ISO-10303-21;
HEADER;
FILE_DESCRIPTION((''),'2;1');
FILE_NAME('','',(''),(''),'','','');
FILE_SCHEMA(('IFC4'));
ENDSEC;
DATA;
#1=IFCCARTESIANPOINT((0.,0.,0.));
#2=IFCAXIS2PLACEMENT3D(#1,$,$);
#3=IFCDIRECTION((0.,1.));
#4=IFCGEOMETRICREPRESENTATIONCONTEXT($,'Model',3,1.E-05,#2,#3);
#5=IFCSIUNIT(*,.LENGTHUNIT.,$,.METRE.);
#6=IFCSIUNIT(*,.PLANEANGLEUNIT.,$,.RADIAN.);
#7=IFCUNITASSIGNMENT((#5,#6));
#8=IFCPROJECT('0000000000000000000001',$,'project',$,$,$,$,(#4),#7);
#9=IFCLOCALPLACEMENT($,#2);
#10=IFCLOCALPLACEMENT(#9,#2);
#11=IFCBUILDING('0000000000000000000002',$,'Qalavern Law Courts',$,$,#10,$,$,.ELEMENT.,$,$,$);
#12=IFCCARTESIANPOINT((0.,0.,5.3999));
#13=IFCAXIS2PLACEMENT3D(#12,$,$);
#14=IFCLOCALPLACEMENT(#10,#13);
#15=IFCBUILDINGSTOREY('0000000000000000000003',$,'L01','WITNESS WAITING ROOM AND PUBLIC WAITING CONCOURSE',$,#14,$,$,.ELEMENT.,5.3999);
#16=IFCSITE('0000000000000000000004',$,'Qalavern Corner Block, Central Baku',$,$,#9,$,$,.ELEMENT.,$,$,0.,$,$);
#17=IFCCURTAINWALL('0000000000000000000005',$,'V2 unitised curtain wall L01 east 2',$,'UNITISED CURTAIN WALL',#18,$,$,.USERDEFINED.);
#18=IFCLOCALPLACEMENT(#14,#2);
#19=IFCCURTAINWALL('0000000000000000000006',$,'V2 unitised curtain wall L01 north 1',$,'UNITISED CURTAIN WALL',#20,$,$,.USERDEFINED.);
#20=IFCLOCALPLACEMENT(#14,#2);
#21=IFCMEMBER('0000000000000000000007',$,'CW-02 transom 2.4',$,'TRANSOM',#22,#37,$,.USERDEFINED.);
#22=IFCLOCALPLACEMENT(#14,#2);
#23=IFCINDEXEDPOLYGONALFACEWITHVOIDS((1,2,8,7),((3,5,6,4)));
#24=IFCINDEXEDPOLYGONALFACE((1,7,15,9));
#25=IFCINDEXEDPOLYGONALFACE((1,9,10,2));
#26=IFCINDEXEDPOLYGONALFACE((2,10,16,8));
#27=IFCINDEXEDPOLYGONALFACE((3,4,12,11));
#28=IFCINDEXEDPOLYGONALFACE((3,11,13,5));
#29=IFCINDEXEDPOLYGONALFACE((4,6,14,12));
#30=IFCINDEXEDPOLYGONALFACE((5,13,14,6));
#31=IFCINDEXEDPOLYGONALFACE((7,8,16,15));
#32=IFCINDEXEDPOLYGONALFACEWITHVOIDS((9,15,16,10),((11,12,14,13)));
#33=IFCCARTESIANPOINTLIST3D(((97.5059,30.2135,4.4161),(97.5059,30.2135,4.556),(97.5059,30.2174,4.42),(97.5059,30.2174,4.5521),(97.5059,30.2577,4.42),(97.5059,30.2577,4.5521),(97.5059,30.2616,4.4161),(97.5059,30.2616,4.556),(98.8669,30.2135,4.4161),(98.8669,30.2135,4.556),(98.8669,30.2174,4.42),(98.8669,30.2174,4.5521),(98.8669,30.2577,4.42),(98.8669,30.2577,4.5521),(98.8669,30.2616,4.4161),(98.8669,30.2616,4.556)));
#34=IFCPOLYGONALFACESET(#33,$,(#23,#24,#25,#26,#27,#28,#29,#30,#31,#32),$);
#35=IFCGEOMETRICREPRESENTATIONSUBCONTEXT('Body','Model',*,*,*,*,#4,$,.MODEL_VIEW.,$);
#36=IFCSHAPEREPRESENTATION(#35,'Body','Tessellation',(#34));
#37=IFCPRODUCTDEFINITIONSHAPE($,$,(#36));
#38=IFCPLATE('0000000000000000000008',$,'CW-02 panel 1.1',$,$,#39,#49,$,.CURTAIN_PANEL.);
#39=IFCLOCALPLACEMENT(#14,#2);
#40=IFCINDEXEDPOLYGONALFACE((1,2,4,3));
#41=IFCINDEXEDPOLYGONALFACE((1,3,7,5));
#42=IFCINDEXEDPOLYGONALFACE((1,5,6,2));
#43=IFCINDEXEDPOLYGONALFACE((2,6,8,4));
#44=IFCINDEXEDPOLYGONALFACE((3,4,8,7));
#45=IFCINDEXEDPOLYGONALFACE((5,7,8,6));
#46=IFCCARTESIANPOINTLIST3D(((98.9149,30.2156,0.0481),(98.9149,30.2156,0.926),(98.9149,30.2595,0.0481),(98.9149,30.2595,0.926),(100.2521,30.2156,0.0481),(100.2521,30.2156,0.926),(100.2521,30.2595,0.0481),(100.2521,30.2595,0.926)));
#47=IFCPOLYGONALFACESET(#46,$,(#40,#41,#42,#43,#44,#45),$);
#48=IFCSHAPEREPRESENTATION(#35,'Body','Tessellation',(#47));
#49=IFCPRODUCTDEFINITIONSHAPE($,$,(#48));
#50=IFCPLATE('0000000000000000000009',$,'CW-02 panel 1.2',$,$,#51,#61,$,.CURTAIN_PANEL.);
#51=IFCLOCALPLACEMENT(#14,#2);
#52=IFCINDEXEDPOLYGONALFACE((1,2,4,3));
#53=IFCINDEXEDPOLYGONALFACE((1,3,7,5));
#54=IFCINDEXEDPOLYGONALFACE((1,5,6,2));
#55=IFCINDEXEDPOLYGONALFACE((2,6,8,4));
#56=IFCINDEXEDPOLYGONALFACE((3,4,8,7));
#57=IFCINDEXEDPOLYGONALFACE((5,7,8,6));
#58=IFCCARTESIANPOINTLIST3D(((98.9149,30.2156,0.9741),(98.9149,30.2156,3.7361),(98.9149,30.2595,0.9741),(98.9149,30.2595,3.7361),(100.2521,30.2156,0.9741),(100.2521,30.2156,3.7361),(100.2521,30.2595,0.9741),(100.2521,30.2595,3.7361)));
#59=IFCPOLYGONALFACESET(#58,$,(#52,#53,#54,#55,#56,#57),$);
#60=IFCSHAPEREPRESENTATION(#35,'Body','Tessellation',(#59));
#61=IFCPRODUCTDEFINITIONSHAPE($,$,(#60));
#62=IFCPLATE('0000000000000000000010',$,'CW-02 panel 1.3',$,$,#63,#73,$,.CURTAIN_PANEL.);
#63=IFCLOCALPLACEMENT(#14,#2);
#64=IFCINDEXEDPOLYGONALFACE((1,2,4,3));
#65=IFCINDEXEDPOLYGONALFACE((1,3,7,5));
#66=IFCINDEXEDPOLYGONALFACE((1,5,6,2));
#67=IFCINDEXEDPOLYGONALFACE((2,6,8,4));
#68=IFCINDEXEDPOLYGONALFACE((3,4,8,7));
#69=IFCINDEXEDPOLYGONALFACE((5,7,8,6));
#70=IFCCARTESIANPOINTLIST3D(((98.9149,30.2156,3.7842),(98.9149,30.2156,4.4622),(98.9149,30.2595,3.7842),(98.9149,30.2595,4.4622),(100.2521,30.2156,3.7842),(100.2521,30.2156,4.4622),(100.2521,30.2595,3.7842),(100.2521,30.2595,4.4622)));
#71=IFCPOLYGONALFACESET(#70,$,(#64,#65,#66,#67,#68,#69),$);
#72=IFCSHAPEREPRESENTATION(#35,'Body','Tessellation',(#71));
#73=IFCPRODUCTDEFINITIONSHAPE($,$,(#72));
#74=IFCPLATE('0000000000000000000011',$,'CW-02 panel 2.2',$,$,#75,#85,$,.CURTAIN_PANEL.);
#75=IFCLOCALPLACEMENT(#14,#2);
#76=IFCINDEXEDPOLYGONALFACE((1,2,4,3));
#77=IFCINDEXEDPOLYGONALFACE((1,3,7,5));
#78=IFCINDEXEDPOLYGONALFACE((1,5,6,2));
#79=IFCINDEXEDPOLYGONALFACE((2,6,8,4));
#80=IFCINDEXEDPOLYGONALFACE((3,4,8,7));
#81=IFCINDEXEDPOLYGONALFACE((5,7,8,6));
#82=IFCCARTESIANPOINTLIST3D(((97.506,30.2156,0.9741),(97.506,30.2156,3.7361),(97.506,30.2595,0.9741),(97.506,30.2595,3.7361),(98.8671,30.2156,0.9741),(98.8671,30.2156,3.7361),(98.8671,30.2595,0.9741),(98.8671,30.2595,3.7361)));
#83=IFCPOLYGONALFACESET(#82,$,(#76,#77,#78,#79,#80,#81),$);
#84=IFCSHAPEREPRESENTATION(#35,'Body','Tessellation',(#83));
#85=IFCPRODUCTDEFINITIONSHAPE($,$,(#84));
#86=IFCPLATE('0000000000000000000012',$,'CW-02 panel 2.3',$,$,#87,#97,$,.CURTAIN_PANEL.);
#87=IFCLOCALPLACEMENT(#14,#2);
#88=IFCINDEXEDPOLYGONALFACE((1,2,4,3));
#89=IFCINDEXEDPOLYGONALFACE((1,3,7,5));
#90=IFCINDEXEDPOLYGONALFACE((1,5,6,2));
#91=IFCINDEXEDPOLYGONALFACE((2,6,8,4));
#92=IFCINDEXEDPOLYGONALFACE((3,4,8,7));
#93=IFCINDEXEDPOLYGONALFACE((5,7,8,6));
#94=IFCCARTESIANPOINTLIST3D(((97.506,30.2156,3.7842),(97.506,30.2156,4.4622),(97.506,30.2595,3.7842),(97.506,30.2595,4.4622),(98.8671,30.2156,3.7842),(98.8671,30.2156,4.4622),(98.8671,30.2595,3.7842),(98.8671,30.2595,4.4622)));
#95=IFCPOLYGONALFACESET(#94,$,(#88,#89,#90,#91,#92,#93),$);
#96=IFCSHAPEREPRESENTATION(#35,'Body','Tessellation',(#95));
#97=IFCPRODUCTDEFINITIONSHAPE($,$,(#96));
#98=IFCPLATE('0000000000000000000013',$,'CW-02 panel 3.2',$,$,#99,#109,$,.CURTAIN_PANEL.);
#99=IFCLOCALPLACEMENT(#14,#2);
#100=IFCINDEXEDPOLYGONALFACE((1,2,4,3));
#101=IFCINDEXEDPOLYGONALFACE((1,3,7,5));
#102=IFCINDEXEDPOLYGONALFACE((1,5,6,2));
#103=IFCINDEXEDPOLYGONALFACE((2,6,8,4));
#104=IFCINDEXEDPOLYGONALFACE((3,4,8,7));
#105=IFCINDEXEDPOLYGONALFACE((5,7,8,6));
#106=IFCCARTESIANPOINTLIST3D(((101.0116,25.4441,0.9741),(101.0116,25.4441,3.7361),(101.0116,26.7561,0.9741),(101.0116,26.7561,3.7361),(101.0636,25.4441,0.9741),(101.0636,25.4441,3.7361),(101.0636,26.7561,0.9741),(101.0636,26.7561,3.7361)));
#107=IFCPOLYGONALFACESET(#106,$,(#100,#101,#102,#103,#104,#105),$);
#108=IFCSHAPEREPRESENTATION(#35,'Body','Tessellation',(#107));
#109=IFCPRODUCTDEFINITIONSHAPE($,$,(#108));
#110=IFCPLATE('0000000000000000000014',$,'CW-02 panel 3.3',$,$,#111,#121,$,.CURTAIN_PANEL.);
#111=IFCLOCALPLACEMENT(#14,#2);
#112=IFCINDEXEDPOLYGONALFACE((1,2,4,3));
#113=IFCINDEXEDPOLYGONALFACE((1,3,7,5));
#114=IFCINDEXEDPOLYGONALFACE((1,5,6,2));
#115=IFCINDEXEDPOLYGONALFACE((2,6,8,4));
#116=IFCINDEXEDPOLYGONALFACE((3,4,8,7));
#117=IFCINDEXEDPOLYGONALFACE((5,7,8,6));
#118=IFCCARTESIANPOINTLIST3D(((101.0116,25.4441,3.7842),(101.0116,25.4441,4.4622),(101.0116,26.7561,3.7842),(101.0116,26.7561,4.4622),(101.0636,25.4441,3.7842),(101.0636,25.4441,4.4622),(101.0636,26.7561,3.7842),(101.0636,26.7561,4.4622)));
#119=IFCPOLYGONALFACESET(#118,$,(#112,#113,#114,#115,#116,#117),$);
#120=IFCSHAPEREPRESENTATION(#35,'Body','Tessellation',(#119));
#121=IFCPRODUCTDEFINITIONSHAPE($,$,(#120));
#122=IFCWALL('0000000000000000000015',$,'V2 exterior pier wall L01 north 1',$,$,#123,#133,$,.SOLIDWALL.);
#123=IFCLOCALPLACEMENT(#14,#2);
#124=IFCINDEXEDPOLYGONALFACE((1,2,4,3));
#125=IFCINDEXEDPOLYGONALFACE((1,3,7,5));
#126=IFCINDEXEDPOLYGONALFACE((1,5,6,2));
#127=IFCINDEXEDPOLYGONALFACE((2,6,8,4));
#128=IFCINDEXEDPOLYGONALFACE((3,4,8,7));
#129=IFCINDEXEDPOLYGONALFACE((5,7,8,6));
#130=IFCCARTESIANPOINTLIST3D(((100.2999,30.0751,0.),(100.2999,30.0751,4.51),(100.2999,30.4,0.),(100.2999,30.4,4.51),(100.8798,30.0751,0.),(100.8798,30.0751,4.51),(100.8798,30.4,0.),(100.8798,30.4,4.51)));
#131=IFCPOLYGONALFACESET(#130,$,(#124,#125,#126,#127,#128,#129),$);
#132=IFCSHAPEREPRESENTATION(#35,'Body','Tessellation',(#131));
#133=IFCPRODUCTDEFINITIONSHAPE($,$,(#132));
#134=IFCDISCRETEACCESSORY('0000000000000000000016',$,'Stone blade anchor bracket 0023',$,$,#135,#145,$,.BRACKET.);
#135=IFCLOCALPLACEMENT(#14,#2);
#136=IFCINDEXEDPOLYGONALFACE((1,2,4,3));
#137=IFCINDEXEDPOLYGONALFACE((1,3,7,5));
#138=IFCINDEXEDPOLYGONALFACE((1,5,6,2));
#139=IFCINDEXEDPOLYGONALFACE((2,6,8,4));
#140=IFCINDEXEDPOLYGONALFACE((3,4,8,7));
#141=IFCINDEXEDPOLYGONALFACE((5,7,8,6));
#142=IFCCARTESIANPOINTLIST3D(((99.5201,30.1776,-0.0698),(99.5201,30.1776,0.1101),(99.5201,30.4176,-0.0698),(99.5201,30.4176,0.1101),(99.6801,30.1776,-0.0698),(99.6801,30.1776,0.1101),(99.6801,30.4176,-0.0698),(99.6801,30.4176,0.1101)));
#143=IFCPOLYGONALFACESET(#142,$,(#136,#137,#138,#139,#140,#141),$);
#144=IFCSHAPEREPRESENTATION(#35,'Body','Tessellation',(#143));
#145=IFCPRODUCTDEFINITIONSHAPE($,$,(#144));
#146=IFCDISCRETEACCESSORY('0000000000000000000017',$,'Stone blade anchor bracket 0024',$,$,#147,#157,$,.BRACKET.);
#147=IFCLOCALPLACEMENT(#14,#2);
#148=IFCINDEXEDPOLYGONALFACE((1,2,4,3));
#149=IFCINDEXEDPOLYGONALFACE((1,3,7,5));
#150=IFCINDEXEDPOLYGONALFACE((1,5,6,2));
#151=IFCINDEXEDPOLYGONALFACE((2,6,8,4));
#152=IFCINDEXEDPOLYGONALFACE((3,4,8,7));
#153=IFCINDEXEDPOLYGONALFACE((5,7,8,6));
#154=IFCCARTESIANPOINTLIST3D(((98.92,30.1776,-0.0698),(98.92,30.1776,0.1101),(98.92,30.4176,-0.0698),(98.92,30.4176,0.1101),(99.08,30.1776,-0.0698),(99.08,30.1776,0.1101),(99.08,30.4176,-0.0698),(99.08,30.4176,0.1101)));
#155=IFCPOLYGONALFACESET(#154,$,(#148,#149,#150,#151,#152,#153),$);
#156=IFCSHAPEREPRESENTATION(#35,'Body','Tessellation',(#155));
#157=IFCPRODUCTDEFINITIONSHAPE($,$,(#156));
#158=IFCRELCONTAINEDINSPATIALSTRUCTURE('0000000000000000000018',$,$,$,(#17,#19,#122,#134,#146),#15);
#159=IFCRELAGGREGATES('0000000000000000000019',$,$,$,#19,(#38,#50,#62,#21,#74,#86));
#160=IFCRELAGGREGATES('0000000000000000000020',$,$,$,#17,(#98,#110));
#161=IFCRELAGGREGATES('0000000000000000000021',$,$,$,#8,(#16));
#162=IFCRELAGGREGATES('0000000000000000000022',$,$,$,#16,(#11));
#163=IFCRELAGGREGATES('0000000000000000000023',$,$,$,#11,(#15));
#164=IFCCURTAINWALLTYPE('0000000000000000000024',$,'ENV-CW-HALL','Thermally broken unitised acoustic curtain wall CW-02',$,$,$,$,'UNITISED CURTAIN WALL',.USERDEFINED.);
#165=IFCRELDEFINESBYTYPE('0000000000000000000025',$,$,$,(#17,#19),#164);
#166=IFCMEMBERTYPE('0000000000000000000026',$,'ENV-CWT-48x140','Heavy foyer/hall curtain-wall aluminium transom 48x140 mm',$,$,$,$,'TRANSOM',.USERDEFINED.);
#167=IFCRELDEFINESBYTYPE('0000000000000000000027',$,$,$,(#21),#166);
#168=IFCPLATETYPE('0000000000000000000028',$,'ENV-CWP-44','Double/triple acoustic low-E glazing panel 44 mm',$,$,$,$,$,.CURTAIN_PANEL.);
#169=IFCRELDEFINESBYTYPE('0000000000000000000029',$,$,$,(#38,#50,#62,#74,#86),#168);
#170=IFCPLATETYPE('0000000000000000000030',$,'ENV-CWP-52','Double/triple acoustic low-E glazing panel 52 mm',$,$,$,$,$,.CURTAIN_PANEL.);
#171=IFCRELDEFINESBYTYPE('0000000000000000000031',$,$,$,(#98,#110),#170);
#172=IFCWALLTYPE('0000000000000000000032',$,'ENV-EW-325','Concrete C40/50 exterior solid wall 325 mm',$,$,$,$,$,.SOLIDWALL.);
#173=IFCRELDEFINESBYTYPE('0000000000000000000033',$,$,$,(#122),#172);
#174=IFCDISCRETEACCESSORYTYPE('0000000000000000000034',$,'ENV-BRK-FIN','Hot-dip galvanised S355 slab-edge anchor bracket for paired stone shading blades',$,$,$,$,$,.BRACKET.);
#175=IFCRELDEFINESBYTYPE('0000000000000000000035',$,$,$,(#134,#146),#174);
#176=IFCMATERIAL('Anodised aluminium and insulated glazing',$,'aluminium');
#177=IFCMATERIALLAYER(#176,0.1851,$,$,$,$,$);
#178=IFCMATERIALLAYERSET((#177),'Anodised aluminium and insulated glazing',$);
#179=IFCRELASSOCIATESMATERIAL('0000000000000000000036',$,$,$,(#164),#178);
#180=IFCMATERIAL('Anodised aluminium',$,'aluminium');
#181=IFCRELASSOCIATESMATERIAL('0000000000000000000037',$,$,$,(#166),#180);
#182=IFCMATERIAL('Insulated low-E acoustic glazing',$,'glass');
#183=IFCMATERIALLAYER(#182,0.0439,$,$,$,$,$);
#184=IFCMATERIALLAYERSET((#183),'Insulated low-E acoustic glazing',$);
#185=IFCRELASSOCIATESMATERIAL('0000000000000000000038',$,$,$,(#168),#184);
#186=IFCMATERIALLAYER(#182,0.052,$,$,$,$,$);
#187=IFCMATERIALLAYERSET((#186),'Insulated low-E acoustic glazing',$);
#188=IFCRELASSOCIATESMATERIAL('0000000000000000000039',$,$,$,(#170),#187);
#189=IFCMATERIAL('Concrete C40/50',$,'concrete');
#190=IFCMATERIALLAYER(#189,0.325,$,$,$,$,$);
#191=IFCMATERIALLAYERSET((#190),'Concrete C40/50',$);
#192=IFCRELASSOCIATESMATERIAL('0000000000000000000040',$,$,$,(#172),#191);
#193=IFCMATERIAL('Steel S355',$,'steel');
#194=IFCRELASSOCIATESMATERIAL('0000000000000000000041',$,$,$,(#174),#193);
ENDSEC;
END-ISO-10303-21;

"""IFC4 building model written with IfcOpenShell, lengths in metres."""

from ifc_helpers import new_model, si_unit, direction, frame, frame_2d, origin, origin_2d, place, context, subcontext, project, spatial, rectangle, hollow_rectangle, extrude, material, layer, layer_set, material_profile, profile_set, type_object, element, aggregate, save


model = new_model("IFC4")

# Units and contexts
model_context = context("Model", 3, precision=1e-05, world=origin(), true_north=direction((0.0, 1.0)))
body_context = subcontext(model_context, "Body", "Model", "MODEL_VIEW")
ifc_project = project(units=[si_unit("LENGTHUNIT", "METRE"), si_unit("PLANEANGLEUNIT", "RADIAN")], contexts=[model_context])

# Site, building, storey
site_placement = place(None, origin())
site = spatial("IfcSite", under=ifc_project, at=site_placement, Name="Qalavern Corner Block, Central Baku", CompositionType="ELEMENT", RefElevation=0.0)
building_placement = place(site_placement, origin())
building = spatial("IfcBuilding", under=site, at=building_placement, Name="Qalavern Law Courts", CompositionType="ELEMENT")
storey_placement = place(building_placement, frame((0.0, 0.0, 5.3999)))
storey = spatial("IfcBuildingStorey", under=building, at=storey_placement, Name="L01", Description="WITNESS WAITING ROOM AND PUBLIC WAITING CONCOURSE", CompositionType="ELEMENT", Elevation=5.3999)

# Curtain wall
ifc_material_1 = material(Name="Anodised aluminium and insulated glazing", Category="aluminium")
ifc_layer_1 = layer(ifc_material_1, 0.1851)
ifc_layer_set_1 = layer_set([ifc_layer_1], Name="Anodised aluminium and insulated glazing")
curtain_wall_type = type_object("IfcCurtainWallType", Name="ENV-CW-HALL", Description="Thermally broken unitised acoustic curtain wall CW-02", ElementType="UNITISED CURTAIN WALL", PredefinedType="USERDEFINED", material=ifc_layer_set_1)
curtain_wall_1_placement = place(storey_placement, origin())
curtain_wall_1 = element("IfcCurtainWall", 1, at=curtain_wall_1_placement, inside=storey, type_object=curtain_wall_type, Name="V2 unitised curtain wall L01 east 2", ObjectType="UNITISED CURTAIN WALL", PredefinedType="USERDEFINED")
ifc_material_2 = material(Name="Anodised aluminium", Category="aluminium")

# Curtain wall, member, plates
curtain_wall_2_placement = place(storey_placement, origin())
curtain_wall_2 = element("IfcCurtainWall", 2, at=curtain_wall_2_placement, inside=storey, type_object=curtain_wall_type, Name="V2 unitised curtain wall L01 north 1", ObjectType="UNITISED CURTAIN WALL", PredefinedType="USERDEFINED")
ifc_material_profile_1 = material_profile(ifc_material_2, hollow_rectangle(XDim=0.0481, YDim=0.1399, WallThickness=0.0039, at=origin_2d()), Name="ALU TRANSOM 48x140")
ifc_profile_set_1 = profile_set([ifc_material_profile_1], Name="Anodised aluminium")
member_type_1 = type_object("IfcMemberType", Name="ENV-CWT-48x140", Description="Heavy foyer/hall curtain-wall aluminium transom 48x140 mm", ElementType="TRANSOM", PredefinedType="USERDEFINED", material=ifc_profile_set_1)
member_1_placement = place(storey_placement, frame((98.8669, 30.2375, 4.4861), z_axis=(-1.0, 0.0, 0.0), x_axis=(0.0, -1.0, 0.0)))
member_1 = element("IfcMember", 3, at=member_1_placement, type_object=member_type_1, Name="CW-02 transom 2.4", ObjectType="TRANSOM", PredefinedType="USERDEFINED", context=body_context, shape_type="SweptSolid", body=[
    extrude(hollow_rectangle(XDim=0.0481, YDim=0.1399, WallThickness=0.0039, at=origin_2d()), origin(), (0.0, 0.0, 1.0), 1.3611),
])
ifc_material_3 = material(Name="Insulated low-E acoustic glazing", Category="glass")
ifc_layer_2 = layer(ifc_material_3, 0.0439)
ifc_layer_set_2 = layer_set([ifc_layer_2], Name="Insulated low-E acoustic glazing")
plate_type_1 = type_object("IfcPlateType", Name="ENV-CWP-44", Description="Double/triple acoustic low-E glazing panel 44 mm", PredefinedType="CURTAIN_PANEL", material=ifc_layer_set_2)
plate_1_placement = place(storey_placement, frame((99.5835, 30.2375, 0.0481), z_axis=(0.0, 0.0, 1.0), x_axis=(-1.0, 0.0, 0.0)))
plate_1 = element("IfcPlate", 4, at=plate_1_placement, type_object=plate_type_1, Name="CW-02 panel 1.1", PredefinedType="CURTAIN_PANEL", context=body_context, shape_type="SweptSolid", body=[
    extrude(rectangle(XDim=1.3372, YDim=0.0439, at=origin_2d()), origin(), (0.0, 0.0, 1.0), 0.8779),
])
plate_2_placement = place(storey_placement, frame((99.5835, 30.2375, 0.9741), z_axis=(0.0, 0.0, 1.0), x_axis=(-1.0, 0.0, 0.0)))
plate_2 = element("IfcPlate", 5, at=plate_2_placement, type_object=plate_type_1, Name="CW-02 panel 1.2", PredefinedType="CURTAIN_PANEL", context=body_context, shape_type="SweptSolid", body=[
    extrude(rectangle(XDim=1.3372, YDim=0.0439, at=origin_2d()), origin(), (0.0, 0.0, 1.0), 2.762),
])
plate_3_placement = place(storey_placement, frame((99.5835, 30.2375, 3.7842), z_axis=(0.0, 0.0, 1.0), x_axis=(-1.0, 0.0, 0.0)))
plate_3 = element("IfcPlate", 6, at=plate_3_placement, type_object=plate_type_1, Name="CW-02 panel 1.3", PredefinedType="CURTAIN_PANEL", context=body_context, shape_type="SweptSolid", body=[
    extrude(rectangle(XDim=1.3372, YDim=0.0439, at=origin_2d()), origin(), (0.0, 0.0, 1.0), 0.678),
])
plate_4_placement = place(storey_placement, frame((98.1865, 30.2375, 0.9741), z_axis=(0.0, 0.0, 1.0), x_axis=(-1.0, 0.0, 0.0)))
plate_4 = element("IfcPlate", 7, at=plate_4_placement, type_object=plate_type_1, Name="CW-02 panel 2.2", PredefinedType="CURTAIN_PANEL", context=body_context, shape_type="SweptSolid", body=[
    extrude(rectangle(XDim=1.3611, YDim=0.0439, at=origin_2d()), origin(), (0.0, 0.0, 1.0), 2.762),
])
plate_5_placement = place(storey_placement, frame((98.1865, 30.2375, 3.7842), z_axis=(0.0, 0.0, 1.0), x_axis=(-1.0, 0.0, 0.0)))
plate_5 = element("IfcPlate", 8, at=plate_5_placement, type_object=plate_type_1, Name="CW-02 panel 2.3", PredefinedType="CURTAIN_PANEL", context=body_context, shape_type="SweptSolid", body=[
    extrude(rectangle(XDim=1.3611, YDim=0.0439, at=origin_2d()), origin(), (0.0, 0.0, 1.0), 0.678),
])
aggregate(curtain_wall_2, [plate_1, plate_2, plate_3, member_1, plate_4, plate_5])

# Plates
ifc_layer_3 = layer(ifc_material_3, 0.052)
ifc_layer_set_3 = layer_set([ifc_layer_3], Name="Insulated low-E acoustic glazing")
plate_type_2 = type_object("IfcPlateType", Name="ENV-CWP-52", Description="Double/triple acoustic low-E glazing panel 52 mm", PredefinedType="CURTAIN_PANEL", material=ifc_layer_set_3)
plate_6_placement = place(storey_placement, frame((101.0376, 26.1001, 0.9741), z_axis=(0.0, 0.0, 1.0), x_axis=(0.0, 1.0, 0.0)))
plate_6 = element("IfcPlate", 9, at=plate_6_placement, type_object=plate_type_2, Name="CW-02 panel 3.2", PredefinedType="CURTAIN_PANEL", context=body_context, shape_type="SweptSolid", body=[
    extrude(rectangle(XDim=1.312, YDim=0.052, at=origin_2d()), origin(), (0.0, 0.0, 1.0), 2.762),
])
plate_7_placement = place(storey_placement, frame((101.0376, 26.1001, 3.7842), z_axis=(0.0, 0.0, 1.0), x_axis=(0.0, 1.0, 0.0)))
plate_7 = element("IfcPlate", 10, at=plate_7_placement, type_object=plate_type_2, Name="CW-02 panel 3.3", PredefinedType="CURTAIN_PANEL", context=body_context, shape_type="SweptSolid", body=[
    extrude(rectangle(XDim=1.312, YDim=0.052, at=origin_2d()), origin(), (0.0, 0.0, 1.0), 0.678),
])
aggregate(curtain_wall_1, [plate_6, plate_7])

# Wall
ifc_material_4 = material(Name="Concrete C40/50", Category="concrete")
ifc_layer_4 = layer(ifc_material_4, 0.325)
ifc_layer_set_4 = layer_set([ifc_layer_4], Name="Concrete C40/50")
wall_type = type_object("IfcWallType", Name="ENV-EW-325", Description="Concrete C40/50 exterior solid wall 325 mm", PredefinedType="SOLIDWALL", material=ifc_layer_set_4)
wall_placement = place(storey_placement, frame((100.8799, 30.2375, 0.0), z_axis=(0.0, 0.0, 1.0), x_axis=(-1.0, 0.0, 0.0)))
element("IfcWall", 11, at=wall_placement, inside=storey, type_object=wall_type, Name="V2 exterior pier wall L01 north 1", PredefinedType="SOLIDWALL", context=body_context, shape_type="SweptSolid", body=[
    extrude(rectangle(XDim=0.5798, YDim=0.325, at=frame_2d((0.29, 0.0))), origin(), (0.0, 0.0, 1.0), 4.51),
])

# Discrete accessories
ifc_material_5 = material(Name="Steel S355", Category="steel")
discrete_accessory_type = type_object("IfcDiscreteAccessoryType", Name="ENV-BRK-FIN", Description="Hot-dip galvanised S355 slab-edge anchor bracket for paired stone shading blades", PredefinedType="BRACKET", material=ifc_material_5)
for number, where, z_axis, x_axis, name in (
    (12, (99.6001, 30.2976, -0.0698), (0.0, 0.0, 1.0), (0.0, 1.0, 0.0), "Stone blade anchor bracket 0023"),
    (13, (99.0, 30.2976, -0.0698), (0.0, 0.0, 1.0), (0.0, 1.0, 0.0), "Stone blade anchor bracket 0024"),
):
    element("IfcDiscreteAccessory", number, at=place(storey_placement, frame(where, z_axis=z_axis, x_axis=x_axis)), inside=storey, type_object=discrete_accessory_type, Name=name, PredefinedType="BRACKET", context=body_context, shape_type="SweptSolid", body=[
        extrude(rectangle(XDim=0.24, YDim=0.1599, at=origin_2d()), origin(), (0.0, 0.0, 1.0), 0.1799),
    ])

save(model, "model.ifc")
